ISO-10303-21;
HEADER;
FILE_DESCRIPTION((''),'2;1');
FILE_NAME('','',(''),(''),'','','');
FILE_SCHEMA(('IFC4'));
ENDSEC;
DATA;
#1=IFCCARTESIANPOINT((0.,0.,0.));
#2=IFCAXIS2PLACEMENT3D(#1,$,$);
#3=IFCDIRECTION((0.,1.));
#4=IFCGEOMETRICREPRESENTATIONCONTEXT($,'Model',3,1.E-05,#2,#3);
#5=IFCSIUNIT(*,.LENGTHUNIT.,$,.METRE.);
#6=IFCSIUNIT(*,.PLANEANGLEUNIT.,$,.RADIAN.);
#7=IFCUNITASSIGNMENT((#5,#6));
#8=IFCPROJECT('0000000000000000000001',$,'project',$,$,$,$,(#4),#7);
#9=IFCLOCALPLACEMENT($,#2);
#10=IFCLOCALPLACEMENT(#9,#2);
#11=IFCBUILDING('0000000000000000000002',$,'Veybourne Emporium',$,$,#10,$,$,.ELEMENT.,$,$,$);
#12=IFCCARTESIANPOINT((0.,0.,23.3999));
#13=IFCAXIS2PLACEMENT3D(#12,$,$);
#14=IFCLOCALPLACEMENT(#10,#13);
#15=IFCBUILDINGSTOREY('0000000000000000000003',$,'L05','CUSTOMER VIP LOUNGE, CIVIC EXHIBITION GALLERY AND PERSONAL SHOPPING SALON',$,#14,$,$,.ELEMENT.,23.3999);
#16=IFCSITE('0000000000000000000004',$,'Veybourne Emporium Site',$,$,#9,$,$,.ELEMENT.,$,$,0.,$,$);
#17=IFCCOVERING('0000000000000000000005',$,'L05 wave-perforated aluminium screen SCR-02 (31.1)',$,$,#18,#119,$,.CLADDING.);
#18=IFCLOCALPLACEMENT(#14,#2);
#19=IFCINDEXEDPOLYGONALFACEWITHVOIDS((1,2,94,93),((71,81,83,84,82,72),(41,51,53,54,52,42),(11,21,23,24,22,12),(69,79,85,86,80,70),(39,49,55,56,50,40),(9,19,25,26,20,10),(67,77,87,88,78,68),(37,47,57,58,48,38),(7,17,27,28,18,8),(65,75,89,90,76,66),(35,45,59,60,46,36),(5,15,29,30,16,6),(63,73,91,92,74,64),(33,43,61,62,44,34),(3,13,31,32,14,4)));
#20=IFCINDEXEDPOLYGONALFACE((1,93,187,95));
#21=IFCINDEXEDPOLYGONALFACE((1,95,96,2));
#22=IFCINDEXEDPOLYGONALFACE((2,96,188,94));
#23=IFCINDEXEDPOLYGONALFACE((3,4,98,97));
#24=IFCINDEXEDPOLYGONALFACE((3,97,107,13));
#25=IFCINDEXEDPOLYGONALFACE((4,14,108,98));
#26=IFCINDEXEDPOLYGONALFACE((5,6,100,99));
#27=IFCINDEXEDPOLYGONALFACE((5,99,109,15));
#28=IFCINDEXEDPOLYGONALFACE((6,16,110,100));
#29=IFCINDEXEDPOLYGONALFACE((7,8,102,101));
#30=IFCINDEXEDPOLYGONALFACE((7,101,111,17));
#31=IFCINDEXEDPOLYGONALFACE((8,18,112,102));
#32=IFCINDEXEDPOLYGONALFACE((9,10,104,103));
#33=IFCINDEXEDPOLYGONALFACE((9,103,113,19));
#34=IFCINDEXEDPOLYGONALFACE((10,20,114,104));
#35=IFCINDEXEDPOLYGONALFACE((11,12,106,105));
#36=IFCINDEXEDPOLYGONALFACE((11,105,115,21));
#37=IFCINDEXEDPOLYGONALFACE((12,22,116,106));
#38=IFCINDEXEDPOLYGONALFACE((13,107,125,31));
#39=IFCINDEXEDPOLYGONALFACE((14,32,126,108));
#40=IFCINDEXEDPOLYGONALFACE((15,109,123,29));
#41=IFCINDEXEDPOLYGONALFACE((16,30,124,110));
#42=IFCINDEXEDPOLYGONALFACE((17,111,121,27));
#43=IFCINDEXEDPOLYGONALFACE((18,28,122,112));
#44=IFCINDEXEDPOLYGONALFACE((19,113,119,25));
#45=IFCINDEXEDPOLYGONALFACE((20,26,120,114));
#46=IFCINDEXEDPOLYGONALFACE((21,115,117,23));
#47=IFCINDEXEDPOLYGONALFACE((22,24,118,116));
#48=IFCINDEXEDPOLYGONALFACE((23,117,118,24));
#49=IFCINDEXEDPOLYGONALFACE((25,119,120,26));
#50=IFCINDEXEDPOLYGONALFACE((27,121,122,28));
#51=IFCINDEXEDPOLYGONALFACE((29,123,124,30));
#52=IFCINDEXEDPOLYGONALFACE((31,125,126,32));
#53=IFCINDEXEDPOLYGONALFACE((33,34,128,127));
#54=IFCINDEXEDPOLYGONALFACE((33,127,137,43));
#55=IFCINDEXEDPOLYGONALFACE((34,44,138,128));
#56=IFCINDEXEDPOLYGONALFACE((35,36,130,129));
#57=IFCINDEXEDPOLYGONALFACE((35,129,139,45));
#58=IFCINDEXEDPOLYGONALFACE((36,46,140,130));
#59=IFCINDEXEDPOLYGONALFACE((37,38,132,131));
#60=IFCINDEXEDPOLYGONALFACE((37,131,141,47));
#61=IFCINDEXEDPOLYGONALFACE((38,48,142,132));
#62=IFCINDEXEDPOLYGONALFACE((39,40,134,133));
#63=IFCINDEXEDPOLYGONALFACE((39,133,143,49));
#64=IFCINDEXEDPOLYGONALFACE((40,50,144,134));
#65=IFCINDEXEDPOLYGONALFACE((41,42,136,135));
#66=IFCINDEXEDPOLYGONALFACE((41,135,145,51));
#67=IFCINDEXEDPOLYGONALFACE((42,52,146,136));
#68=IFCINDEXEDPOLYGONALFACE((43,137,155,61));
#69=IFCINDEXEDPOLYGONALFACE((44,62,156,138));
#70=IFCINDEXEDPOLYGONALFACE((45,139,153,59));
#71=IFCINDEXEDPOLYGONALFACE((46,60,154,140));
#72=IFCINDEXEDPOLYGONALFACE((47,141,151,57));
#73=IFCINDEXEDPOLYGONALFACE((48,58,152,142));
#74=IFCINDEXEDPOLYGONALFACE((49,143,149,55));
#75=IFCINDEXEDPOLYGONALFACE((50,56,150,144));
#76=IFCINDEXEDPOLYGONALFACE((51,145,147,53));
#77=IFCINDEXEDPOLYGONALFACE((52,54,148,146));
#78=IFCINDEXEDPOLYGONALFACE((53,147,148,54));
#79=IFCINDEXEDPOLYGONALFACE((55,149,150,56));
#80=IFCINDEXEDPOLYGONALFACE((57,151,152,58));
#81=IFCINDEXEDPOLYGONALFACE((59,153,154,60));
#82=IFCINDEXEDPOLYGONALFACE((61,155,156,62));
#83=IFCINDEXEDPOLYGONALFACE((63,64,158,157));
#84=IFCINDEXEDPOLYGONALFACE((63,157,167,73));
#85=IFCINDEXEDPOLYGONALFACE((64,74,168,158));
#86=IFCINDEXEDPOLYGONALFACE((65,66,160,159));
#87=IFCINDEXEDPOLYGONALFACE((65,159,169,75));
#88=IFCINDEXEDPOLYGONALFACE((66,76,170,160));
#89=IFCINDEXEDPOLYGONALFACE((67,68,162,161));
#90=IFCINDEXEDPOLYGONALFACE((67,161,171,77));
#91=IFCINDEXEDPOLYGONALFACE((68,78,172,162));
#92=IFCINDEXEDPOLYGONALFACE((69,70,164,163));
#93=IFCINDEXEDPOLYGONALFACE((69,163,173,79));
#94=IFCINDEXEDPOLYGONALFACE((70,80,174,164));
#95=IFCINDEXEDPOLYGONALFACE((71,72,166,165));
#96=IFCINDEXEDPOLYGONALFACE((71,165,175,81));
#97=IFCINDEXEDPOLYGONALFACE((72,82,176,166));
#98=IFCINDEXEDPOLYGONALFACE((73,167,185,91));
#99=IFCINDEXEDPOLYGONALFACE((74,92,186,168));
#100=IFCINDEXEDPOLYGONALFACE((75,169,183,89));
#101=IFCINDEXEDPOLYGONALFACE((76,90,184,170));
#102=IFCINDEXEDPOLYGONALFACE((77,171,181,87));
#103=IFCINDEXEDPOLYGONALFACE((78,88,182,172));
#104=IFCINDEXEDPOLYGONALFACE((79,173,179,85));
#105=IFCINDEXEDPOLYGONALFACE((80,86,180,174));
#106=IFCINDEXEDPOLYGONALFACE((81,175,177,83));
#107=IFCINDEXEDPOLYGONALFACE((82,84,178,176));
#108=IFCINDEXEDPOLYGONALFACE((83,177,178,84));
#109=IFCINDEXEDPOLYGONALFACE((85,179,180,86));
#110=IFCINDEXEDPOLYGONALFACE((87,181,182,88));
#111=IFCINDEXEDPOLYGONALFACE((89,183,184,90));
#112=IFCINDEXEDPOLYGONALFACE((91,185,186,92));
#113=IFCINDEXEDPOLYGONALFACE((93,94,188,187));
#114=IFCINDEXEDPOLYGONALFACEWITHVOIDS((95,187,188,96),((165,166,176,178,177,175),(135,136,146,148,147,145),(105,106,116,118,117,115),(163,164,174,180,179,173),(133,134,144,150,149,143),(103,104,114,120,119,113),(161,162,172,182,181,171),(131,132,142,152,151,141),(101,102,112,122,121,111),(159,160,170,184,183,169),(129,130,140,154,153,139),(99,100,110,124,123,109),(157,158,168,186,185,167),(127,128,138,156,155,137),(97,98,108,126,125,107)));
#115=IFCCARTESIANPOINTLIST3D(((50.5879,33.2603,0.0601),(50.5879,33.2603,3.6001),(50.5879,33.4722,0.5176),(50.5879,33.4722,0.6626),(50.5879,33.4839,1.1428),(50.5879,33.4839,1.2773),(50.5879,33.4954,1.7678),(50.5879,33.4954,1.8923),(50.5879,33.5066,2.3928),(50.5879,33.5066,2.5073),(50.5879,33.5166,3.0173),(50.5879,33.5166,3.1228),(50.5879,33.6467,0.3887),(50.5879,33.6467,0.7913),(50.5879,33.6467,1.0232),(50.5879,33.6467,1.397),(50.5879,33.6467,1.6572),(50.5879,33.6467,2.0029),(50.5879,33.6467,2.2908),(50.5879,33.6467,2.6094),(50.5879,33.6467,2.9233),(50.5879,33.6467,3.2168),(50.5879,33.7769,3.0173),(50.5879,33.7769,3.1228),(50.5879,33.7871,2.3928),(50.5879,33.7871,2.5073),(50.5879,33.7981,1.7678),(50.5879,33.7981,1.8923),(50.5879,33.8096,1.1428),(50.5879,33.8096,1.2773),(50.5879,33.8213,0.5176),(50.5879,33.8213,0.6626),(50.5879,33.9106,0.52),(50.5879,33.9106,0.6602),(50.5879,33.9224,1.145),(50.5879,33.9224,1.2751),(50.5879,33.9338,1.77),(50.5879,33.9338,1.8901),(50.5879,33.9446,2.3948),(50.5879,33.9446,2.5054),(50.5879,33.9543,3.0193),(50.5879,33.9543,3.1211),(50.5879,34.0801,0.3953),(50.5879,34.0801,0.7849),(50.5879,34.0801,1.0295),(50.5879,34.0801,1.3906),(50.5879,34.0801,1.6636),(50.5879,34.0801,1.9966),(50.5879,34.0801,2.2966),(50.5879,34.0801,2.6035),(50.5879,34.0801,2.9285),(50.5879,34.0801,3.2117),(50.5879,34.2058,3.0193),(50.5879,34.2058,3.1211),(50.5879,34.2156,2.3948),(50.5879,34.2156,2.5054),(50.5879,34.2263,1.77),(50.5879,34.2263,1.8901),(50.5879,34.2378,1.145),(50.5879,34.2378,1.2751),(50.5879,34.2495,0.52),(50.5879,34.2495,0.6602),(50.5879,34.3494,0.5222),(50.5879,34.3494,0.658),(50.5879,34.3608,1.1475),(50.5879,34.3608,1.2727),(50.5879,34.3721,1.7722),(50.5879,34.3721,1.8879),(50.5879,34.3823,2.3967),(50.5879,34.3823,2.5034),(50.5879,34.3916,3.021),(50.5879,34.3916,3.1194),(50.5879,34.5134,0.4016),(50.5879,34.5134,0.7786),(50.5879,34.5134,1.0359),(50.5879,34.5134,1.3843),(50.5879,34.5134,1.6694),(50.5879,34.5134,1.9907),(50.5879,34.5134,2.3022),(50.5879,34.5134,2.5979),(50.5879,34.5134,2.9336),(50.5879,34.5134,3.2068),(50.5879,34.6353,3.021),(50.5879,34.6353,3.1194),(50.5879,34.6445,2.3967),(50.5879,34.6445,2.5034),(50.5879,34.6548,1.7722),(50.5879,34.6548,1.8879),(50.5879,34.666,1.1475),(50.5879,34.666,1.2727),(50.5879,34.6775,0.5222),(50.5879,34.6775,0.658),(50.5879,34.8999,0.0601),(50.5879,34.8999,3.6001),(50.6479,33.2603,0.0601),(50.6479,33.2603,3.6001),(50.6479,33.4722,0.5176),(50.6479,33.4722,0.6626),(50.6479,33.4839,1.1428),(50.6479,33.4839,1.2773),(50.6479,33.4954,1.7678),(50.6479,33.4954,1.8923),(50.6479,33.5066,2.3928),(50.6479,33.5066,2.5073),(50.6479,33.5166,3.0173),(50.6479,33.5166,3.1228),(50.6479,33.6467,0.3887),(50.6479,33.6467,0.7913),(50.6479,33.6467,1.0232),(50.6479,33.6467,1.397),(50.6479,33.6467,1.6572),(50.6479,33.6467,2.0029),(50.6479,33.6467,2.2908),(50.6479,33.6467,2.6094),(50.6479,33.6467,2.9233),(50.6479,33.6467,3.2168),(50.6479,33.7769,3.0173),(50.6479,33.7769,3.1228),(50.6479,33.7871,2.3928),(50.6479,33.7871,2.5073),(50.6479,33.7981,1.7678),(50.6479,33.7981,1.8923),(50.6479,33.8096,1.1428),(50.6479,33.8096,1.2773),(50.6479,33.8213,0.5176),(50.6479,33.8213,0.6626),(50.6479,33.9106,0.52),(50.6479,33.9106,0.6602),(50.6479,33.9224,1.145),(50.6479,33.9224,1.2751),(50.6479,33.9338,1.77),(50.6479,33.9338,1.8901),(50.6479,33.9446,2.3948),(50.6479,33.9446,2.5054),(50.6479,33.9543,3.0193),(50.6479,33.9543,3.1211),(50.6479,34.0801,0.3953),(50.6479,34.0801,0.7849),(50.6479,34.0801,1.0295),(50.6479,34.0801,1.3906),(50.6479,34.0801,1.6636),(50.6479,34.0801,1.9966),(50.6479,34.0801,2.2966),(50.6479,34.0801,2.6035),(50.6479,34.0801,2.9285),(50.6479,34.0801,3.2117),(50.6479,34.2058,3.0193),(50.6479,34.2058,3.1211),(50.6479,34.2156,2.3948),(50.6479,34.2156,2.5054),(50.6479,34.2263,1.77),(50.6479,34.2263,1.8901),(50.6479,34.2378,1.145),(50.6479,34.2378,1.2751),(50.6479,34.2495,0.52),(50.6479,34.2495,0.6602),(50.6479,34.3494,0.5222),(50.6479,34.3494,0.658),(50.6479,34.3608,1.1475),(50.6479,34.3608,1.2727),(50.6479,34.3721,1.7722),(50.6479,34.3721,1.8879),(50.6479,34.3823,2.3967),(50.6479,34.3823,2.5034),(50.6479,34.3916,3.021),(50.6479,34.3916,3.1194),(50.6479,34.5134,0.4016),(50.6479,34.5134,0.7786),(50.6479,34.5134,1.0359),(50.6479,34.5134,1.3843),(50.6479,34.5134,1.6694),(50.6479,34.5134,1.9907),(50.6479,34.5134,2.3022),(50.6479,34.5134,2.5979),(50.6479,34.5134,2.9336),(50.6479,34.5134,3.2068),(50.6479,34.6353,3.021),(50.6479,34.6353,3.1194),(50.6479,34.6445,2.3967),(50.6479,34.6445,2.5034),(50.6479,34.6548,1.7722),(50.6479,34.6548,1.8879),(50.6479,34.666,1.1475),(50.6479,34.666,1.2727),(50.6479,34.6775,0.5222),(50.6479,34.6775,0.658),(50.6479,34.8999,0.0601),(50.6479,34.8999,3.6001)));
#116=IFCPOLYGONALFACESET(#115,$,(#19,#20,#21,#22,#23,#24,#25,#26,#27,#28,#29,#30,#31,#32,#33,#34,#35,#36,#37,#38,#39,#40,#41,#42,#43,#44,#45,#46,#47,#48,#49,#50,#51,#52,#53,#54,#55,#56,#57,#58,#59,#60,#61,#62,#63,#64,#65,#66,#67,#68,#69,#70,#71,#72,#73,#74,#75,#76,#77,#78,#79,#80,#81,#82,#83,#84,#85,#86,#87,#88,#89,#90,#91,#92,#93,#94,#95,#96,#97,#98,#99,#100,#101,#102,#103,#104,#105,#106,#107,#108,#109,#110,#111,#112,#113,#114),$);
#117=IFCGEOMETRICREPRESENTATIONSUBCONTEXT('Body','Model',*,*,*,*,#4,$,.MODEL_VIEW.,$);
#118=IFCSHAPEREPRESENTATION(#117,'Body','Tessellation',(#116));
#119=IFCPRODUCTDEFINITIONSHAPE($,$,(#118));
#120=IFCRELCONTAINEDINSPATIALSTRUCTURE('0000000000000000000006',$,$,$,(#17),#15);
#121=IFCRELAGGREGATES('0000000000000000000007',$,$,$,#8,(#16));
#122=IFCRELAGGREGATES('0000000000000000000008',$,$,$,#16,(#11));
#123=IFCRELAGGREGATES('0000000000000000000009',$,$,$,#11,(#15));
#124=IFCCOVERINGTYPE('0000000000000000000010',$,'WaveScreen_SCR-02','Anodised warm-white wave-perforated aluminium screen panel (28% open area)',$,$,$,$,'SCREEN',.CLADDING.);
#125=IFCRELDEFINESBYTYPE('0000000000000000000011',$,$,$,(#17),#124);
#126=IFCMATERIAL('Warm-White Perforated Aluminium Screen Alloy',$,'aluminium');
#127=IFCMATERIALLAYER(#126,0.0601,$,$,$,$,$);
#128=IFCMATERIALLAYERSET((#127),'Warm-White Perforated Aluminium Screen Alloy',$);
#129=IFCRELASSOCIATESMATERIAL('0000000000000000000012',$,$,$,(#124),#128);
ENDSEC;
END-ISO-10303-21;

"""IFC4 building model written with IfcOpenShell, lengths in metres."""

from ifc_helpers import new_model, si_unit, direction, frame, origin, place, context, subcontext, project, spatial, polyline, outline, extrude, material, layer, layer_set, type_object, element, save


model = new_model("IFC4")

# Units and contexts
model_context = context("Model", 3, precision=1e-05, world=origin(), true_north=direction((0.0, 1.0)))
body_context = subcontext(model_context, "Body", "Model", "MODEL_VIEW")
ifc_project = project(units=[si_unit("LENGTHUNIT", "METRE"), si_unit("PLANEANGLEUNIT", "RADIAN")], contexts=[model_context])

# Site, building, storey
site_placement = place(None, origin())
site = spatial("IfcSite", under=ifc_project, at=site_placement, Name="Veybourne Emporium Site", CompositionType="ELEMENT", RefElevation=0.0)
building_placement = place(site_placement, origin())
building = spatial("IfcBuilding", under=site, at=building_placement, Name="Veybourne Emporium", CompositionType="ELEMENT")
storey_placement = place(building_placement, frame((0.0, 0.0, 23.3999)))
storey = spatial("IfcBuildingStorey", under=building, at=storey_placement, Name="L05", Description="CUSTOMER VIP LOUNGE, CIVIC EXHIBITION GALLERY AND PERSONAL SHOPPING SALON", CompositionType="ELEMENT", Elevation=23.3999)

# Covering
ifc_material_1 = material(Name="Warm-White Perforated Aluminium Screen Alloy", Category="aluminium")
ifc_layer_1 = layer(ifc_material_1, 0.0601)
ifc_layer_set_1 = layer_set([ifc_layer_1], Name="Warm-White Perforated Aluminium Screen Alloy")
covering_type_1 = type_object("IfcCoveringType", Name="WaveScreen_SCR-02", Description="Anodised warm-white wave-perforated aluminium screen panel (28% open area)", ElementType="SCREEN", PredefinedType="CLADDING", material=ifc_layer_set_1)
covering_1_placement = place(storey_placement, frame((50.6479, 34.0801, 1.8301), z_axis=(-1.0, 0.0, 0.0), x_axis=(0.0, -1.0, 0.0)))
element("IfcCovering", 1, at=covering_1_placement, inside=storey, type_object=covering_type_1, Name="L05 wave-perforated aluminium screen SCR-02 (31.1)", PredefinedType="CLADDING", context=body_context, shape_type="SweptSolid", body=[
    extrude(outline(polyline([(-0.8198, -1.77), (0.8198, -1.77), (0.8198, 1.77), (-0.8198, 1.77), (-0.8198, -1.77)]), holes=[polyline([(-0.4333, -1.0515), (-0.2693, -1.1721), (-0.2693, -1.3079), (-0.4333, -1.4285), (-0.5974, -1.3079), (-0.5974, -1.1721), (-0.4333, -1.0515)]), polyline([(-0.4333, -0.4458), (-0.2808, -0.5574), (-0.2808, -0.6826), (-0.4333, -0.7942), (-0.5859, -0.6826), (-0.5859, -0.5574), (-0.4333, -0.4458)]), polyline([(-0.4333, 0.1606), (-0.292, 0.0579), (-0.292, -0.0579), (-0.4333, -0.1606), (-0.5747, -0.0579), (-0.5747, 0.0579), (-0.4333, 0.1606)]), polyline([(-0.4333, 0.7678), (-0.3022, 0.6733), (-0.3022, 0.5667), (-0.4333, 0.4722), (-0.5645, 0.5667), (-0.5645, 0.6733), (-0.4333, 0.7678)]), polyline([(-0.4333, 1.3767), (-0.3115, 1.2893), (-0.3115, 1.1909), (-0.4333, 1.1035), (-0.5552, 1.1909), (-0.5552, 1.2893), (-0.4333, 1.3767)]), polyline([(0.0, -1.0452), (0.1694, -1.1699), (0.1694, -1.3101), (0.0, -1.4348), (-0.1694, -1.3101), (-0.1694, -1.1699), (0.0, -1.0452)]), polyline([(0.0, -0.4395), (0.1577, -0.5549), (0.1577, -0.6851), (0.0, -0.8005), (-0.1577, -0.6851), (-0.1577, -0.5549), (0.0, -0.4395)]), polyline([(0.0, 0.1665), (0.1462, 0.0601), (0.1462, -0.0601), (0.0, -0.1665), (-0.1462, -0.0601), (-0.1462, 0.0601), (0.0, 0.1665)]), polyline([(0.0, 0.7734), (0.1355, 0.6753), (0.1355, 0.5647), (0.0, 0.4666), (-0.1355, 0.5647), (-0.1355, 0.6753), (0.0, 0.7734)]), polyline([(0.0, 1.3816), (0.1257, 1.291), (0.1257, 1.1892), (0.0, 1.0984), (-0.1257, 1.1892), (-0.1257, 1.291), (0.0, 1.3816)]), polyline([(0.4333, -1.0388), (0.6079, -1.1675), (0.6079, -1.3125), (0.4333, -1.4414), (0.2588, -1.3125), (0.2588, -1.1675), (0.4333, -1.0388)]), polyline([(0.4333, -0.4331), (0.5962, -0.5527), (0.5962, -0.6873), (0.4333, -0.8069), (0.2705, -0.6873), (0.2705, -0.5527), (0.4333, -0.4331)]), polyline([(0.4333, 0.1729), (0.5847, 0.0623), (0.5847, -0.0623), (0.4333, -0.1729), (0.282, -0.0623), (0.282, 0.0623), (0.4333, 0.1729)]), polyline([(0.4333, 0.7793), (0.5735, 0.6772), (0.5735, 0.5627), (0.4333, 0.4607), (0.293, 0.5627), (0.293, 0.6772), (0.4333, 0.7793)]), polyline([(0.4333, 1.3867), (0.5635, 1.2927), (0.5635, 1.1873), (0.4333, 1.0933), (0.3032, 1.1873), (0.3032, 1.2927), (0.4333, 1.3867)])]), origin(), (0.0, 0.0, 1.0), 0.0601),
])

save(model, "model.ifc")
